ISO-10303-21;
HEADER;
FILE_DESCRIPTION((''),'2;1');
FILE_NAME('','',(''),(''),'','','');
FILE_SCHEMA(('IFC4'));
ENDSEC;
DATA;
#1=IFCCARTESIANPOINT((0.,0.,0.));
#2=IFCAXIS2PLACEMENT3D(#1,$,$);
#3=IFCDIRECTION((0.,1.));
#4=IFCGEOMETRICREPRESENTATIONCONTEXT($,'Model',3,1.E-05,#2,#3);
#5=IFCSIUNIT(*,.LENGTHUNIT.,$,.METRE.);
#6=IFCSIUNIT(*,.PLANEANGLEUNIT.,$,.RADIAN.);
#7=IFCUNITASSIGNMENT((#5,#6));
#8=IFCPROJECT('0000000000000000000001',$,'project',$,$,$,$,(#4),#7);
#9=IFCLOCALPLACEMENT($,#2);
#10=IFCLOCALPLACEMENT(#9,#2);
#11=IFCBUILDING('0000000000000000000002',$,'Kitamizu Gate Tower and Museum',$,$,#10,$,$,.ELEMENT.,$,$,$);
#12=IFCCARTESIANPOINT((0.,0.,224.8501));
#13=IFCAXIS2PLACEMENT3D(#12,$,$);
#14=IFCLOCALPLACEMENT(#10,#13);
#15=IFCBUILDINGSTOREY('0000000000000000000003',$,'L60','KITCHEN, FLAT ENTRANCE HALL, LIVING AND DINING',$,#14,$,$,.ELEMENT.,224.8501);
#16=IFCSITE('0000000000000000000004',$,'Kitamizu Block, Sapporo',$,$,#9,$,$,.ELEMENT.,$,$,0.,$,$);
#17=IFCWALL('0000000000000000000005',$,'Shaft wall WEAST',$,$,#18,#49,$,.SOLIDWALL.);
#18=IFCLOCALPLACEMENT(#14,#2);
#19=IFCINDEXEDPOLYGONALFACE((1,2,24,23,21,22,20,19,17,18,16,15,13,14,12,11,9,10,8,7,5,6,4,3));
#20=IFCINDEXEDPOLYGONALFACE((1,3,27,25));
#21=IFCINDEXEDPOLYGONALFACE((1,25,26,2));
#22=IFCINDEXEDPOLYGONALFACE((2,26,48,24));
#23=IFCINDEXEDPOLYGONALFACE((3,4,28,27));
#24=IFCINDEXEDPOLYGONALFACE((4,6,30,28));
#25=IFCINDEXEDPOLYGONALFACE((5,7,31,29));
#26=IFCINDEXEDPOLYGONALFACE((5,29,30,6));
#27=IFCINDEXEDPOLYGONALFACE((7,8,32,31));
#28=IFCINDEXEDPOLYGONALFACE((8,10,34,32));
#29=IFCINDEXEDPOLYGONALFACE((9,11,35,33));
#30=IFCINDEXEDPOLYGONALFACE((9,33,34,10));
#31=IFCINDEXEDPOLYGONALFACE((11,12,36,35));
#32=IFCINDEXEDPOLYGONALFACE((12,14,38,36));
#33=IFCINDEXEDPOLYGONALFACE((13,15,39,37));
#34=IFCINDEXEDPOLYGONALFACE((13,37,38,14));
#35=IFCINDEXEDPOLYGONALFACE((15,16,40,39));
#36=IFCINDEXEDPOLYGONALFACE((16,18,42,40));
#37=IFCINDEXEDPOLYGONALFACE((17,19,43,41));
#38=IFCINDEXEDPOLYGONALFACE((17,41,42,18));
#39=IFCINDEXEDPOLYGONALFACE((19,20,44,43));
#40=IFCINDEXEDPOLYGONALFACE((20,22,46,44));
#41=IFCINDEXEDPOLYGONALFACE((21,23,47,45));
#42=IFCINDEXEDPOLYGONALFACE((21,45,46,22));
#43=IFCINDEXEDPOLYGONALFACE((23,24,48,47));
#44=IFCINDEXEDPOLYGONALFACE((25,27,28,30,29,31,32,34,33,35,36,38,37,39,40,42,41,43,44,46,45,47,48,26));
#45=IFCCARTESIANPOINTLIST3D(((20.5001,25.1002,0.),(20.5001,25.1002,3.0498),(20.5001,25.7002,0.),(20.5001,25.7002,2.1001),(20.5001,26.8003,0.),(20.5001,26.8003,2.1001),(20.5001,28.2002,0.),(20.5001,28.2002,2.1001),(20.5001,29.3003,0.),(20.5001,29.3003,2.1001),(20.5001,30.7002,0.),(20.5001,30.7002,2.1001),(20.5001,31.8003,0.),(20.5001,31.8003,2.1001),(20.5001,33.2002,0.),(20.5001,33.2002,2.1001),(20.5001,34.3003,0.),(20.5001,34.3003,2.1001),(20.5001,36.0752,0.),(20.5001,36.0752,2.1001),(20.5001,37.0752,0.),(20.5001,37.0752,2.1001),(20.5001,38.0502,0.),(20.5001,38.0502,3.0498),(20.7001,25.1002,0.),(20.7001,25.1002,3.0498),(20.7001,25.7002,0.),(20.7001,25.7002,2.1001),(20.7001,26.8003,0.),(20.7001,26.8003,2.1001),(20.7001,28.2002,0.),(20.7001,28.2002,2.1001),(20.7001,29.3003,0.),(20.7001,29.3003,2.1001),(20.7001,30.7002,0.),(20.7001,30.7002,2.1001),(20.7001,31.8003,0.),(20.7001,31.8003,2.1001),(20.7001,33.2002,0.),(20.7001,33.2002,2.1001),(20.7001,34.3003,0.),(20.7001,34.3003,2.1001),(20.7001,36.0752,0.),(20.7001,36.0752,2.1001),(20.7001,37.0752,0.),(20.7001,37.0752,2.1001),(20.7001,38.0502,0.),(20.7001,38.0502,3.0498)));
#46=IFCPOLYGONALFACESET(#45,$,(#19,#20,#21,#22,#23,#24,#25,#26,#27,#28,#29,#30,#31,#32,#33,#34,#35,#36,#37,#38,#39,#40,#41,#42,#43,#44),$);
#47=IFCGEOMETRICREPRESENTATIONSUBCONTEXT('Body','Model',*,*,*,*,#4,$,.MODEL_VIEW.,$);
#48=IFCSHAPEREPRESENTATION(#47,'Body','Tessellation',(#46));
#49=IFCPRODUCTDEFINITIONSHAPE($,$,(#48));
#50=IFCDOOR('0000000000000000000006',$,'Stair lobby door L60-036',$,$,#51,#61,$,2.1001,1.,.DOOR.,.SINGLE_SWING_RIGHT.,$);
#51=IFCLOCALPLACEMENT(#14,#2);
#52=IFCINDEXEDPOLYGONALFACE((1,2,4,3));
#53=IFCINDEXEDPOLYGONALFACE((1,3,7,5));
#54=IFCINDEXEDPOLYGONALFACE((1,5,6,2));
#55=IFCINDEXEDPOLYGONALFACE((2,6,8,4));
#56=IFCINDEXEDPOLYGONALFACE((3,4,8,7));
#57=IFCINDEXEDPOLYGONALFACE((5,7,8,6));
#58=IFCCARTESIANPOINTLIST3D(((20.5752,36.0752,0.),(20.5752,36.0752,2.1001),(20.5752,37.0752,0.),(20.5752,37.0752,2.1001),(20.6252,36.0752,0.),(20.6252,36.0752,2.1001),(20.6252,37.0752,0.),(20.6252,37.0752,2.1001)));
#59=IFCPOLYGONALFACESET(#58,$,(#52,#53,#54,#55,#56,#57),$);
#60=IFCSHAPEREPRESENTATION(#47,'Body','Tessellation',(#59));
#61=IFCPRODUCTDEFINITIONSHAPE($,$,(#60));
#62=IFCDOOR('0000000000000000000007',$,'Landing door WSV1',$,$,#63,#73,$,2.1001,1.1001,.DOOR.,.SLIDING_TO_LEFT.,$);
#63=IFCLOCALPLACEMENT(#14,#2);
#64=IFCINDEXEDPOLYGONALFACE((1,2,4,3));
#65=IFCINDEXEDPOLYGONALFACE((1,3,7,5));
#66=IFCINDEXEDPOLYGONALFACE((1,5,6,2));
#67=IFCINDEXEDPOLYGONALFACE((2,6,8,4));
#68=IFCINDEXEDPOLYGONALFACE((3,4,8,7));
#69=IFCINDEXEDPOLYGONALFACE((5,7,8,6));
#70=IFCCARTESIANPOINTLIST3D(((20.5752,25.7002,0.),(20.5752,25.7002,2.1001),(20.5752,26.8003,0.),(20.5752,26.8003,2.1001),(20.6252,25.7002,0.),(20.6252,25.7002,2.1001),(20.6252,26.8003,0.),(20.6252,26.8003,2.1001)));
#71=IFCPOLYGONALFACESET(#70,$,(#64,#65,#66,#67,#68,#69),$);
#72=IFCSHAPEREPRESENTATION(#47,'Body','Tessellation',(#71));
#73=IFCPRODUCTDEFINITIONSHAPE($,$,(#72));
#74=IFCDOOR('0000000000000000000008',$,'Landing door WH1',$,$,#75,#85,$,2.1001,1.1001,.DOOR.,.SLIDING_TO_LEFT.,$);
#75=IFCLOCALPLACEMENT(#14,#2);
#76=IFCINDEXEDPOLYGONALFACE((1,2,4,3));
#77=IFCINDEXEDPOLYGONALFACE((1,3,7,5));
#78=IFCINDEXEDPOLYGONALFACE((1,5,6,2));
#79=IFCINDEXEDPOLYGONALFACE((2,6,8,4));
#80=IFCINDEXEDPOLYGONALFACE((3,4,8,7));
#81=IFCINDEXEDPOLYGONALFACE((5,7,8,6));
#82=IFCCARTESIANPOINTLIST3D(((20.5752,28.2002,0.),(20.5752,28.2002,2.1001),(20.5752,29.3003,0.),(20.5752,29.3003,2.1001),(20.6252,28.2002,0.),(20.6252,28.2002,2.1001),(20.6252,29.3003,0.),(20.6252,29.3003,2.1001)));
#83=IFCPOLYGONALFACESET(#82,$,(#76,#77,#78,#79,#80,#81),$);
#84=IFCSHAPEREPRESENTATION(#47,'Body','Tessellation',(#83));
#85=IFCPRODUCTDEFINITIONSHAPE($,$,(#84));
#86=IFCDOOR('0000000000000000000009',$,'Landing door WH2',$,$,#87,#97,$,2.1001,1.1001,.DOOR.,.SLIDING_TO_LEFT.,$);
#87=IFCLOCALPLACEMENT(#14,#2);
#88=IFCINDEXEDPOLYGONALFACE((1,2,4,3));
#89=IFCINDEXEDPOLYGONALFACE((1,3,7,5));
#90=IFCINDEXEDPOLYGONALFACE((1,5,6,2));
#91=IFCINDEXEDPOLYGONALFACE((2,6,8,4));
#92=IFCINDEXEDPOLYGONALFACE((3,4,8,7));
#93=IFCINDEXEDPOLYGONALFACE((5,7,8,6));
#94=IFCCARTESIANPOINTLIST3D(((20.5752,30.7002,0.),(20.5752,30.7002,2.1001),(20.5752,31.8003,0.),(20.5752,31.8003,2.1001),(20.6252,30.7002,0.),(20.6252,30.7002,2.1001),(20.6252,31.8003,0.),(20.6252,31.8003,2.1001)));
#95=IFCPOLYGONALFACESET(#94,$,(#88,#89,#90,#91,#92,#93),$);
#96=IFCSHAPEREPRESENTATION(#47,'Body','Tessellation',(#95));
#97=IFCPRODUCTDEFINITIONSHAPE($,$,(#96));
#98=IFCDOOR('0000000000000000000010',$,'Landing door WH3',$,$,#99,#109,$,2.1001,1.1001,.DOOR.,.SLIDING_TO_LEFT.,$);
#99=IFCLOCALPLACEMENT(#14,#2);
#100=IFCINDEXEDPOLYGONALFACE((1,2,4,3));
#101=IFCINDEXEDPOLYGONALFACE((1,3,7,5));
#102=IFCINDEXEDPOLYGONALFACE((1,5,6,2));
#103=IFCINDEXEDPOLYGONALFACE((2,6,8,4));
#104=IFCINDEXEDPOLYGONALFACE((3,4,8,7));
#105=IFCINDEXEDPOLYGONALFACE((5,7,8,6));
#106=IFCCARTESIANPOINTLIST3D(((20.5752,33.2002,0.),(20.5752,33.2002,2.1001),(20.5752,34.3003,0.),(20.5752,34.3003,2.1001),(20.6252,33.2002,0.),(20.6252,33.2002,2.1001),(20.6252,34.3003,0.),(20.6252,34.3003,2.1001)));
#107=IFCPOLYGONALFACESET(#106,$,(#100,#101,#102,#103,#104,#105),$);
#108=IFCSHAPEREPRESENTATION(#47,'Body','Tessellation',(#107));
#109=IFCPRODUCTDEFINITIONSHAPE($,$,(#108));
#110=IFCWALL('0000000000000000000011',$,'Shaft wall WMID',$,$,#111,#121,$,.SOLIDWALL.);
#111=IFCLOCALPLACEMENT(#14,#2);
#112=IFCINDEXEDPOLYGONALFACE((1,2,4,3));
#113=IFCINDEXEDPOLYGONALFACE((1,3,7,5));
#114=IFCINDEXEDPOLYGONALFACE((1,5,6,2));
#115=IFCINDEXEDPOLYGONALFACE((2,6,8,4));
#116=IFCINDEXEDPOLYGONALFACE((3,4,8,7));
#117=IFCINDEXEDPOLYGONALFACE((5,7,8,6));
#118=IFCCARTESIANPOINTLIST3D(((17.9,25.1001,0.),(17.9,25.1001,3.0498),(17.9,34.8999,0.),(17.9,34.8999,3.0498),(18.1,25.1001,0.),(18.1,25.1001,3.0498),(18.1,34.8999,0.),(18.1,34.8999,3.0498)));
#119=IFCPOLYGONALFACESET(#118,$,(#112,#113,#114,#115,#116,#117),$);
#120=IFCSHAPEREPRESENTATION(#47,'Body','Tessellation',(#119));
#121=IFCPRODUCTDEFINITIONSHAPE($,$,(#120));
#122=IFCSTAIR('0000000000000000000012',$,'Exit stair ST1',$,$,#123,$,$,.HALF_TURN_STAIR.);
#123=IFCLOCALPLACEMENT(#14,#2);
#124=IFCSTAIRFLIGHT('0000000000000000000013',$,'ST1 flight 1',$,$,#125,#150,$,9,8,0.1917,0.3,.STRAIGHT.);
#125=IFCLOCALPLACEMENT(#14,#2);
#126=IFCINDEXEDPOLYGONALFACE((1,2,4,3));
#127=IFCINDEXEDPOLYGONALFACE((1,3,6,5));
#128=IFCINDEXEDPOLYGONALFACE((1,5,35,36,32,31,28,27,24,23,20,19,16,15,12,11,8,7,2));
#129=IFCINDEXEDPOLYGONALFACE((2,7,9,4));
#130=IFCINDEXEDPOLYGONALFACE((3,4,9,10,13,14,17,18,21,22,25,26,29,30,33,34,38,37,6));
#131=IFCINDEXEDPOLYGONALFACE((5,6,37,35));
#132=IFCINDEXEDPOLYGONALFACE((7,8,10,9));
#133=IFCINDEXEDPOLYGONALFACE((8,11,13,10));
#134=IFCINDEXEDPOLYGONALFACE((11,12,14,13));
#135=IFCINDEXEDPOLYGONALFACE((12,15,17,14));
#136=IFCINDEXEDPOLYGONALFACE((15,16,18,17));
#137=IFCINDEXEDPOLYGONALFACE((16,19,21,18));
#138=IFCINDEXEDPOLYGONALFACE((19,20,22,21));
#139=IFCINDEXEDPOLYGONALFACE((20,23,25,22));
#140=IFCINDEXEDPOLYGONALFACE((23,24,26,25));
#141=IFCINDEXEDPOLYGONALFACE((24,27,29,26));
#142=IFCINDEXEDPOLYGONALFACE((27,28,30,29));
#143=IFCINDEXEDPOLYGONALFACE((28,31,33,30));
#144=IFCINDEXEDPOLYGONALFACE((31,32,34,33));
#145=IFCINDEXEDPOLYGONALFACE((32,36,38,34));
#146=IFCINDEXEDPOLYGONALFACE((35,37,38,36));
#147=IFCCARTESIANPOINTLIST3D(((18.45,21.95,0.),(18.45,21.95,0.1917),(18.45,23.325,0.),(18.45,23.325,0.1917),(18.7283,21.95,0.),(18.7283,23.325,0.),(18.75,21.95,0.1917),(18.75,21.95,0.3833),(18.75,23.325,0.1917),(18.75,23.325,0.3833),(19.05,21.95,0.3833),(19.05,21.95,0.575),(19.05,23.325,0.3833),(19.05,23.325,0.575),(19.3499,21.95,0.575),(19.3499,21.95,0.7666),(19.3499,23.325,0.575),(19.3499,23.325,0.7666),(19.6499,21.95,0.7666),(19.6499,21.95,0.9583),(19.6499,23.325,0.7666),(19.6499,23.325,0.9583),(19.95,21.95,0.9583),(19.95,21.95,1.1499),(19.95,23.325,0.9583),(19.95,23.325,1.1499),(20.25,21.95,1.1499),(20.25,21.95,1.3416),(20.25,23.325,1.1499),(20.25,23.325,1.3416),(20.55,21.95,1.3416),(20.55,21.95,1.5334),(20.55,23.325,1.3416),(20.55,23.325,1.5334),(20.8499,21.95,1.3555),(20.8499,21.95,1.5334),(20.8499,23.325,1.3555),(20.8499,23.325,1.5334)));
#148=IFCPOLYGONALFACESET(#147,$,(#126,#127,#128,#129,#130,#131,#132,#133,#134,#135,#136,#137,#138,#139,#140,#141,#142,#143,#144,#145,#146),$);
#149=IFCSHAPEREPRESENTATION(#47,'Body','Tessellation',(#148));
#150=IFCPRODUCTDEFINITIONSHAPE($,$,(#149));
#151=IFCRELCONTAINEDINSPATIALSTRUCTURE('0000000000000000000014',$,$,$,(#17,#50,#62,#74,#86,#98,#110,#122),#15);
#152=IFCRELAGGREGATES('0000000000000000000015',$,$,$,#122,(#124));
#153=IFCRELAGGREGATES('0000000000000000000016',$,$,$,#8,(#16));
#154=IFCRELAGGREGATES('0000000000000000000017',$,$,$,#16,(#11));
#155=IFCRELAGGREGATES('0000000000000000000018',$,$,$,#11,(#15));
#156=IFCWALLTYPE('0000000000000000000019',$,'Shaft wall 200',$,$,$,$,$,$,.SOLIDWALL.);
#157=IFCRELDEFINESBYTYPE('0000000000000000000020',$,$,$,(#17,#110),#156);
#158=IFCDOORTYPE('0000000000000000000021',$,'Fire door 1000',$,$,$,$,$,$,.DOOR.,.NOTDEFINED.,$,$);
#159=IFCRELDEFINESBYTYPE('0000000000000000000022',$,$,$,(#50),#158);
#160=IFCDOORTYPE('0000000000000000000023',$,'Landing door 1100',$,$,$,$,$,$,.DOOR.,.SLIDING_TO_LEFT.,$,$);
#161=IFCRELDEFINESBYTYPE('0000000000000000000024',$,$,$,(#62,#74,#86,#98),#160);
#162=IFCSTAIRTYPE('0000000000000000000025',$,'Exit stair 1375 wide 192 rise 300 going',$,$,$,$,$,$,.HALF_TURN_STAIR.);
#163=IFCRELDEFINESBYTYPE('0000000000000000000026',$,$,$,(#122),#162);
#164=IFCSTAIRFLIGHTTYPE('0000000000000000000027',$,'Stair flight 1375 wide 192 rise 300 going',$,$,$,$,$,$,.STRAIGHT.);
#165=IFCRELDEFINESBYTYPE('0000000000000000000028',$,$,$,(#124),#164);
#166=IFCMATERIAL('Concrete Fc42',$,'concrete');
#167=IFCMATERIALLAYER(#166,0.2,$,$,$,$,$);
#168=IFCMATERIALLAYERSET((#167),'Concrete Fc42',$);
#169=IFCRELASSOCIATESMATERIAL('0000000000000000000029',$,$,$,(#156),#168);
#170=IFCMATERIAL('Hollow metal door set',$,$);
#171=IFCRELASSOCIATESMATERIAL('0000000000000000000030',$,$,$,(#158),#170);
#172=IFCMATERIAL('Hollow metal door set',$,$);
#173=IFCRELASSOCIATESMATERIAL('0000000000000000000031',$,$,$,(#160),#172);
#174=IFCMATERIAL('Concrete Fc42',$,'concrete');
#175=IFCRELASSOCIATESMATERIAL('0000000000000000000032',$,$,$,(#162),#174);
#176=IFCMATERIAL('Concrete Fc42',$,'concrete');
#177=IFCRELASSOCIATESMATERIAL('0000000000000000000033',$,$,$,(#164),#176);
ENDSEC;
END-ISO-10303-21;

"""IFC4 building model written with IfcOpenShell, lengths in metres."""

from ifc_helpers import new_model, si_unit, direction, frame, frame_2d, origin, place, context, subcontext, project, spatial, polyline, rectangle, outline, extrude, material, layer, layer_set, type_object, element, fill, aggregate, save


model = new_model("IFC4")

# Units and contexts
model_context = context("Model", 3, precision=1e-05, world=origin(), true_north=direction((0.0, 1.0)))
body_context = subcontext(model_context, "Body", "Model", "MODEL_VIEW")
ifc_project = project(units=[si_unit("LENGTHUNIT", "METRE"), si_unit("PLANEANGLEUNIT", "RADIAN")], contexts=[model_context])

# Site, building, storey
site_placement = place(None, origin())
site = spatial("IfcSite", under=ifc_project, at=site_placement, Name="Kitamizu Block, Sapporo", CompositionType="ELEMENT", RefElevation=0.0)
building_placement = place(site_placement, origin())
building = spatial("IfcBuilding", under=site, at=building_placement, Name="Kitamizu Gate Tower and Museum", CompositionType="ELEMENT")
storey_placement = place(building_placement, frame((0.0, 0.0, 224.8501)))
storey = spatial("IfcBuildingStorey", under=building, at=storey_placement, Name="L60", Description="KITCHEN, FLAT ENTRANCE HALL, LIVING AND DINING", CompositionType="ELEMENT", Elevation=224.8501)

# Wall, openings, doors
ifc_material_1 = material(Name="Concrete Fc42", Category="concrete")
ifc_layer_1 = layer(ifc_material_1, 0.2)
ifc_layer_set_1 = layer_set([ifc_layer_1], Name="Concrete Fc42")
wall_type_1 = type_object("IfcWallType", Name="Shaft wall 200", PredefinedType="SOLIDWALL", material=ifc_layer_set_1)
wall_1_placement = place(storey_placement, frame((20.6001, 25.1001, 0.0), z_axis=(0.0, 0.0, 1.0), x_axis=(0.0, 1.0, 0.0)))
wall_1 = element("IfcWall", 1, at=wall_1_placement, inside=storey, type_object=wall_type_1, Name="Shaft wall WEAST", PredefinedType="SOLIDWALL", context=body_context, shape_type="SweptSolid", body=[
    extrude(rectangle(XDim=12.95, YDim=0.2, at=frame_2d((6.4751, 0.0))), origin(), (0.0, 0.0, 1.0), 3.0498),
])
opening_1_placement = place(wall_1_placement, frame((0.6001, 0.0, 0.0)))
opening_1 = element("IfcOpeningElement", 2, at=opening_1_placement, cuts=wall_1, PredefinedType="OPENING", context=body_context, shape_type="SweptSolid", body=[
    extrude(rectangle(XDim=1.1001, YDim=2.1001, at=frame_2d((0.55, 1.05))), frame((0.0, 0.1099, 0.0), z_axis=(0.0, -1.0, 0.0), x_axis=(1.0, 0.0, 0.0)), (0.0, 0.0, 1.0), 0.22),
])
opening_2_placement = place(wall_1_placement, frame((3.1001, 0.0, 0.0)))
opening_2 = element("IfcOpeningElement", 3, at=opening_2_placement, cuts=wall_1, PredefinedType="OPENING", context=body_context, shape_type="SweptSolid", body=[
    extrude(rectangle(XDim=1.1001, YDim=2.1001, at=frame_2d((0.55, 1.05))), frame((0.0, 0.1099, 0.0), z_axis=(0.0, -1.0, 0.0), x_axis=(1.0, 0.0, 0.0)), (0.0, 0.0, 1.0), 0.22),
])
opening_3_placement = place(wall_1_placement, frame((5.6001, 0.0, 0.0)))
opening_3 = element("IfcOpeningElement", 4, at=opening_3_placement, cuts=wall_1, PredefinedType="OPENING", context=body_context, shape_type="SweptSolid", body=[
    extrude(rectangle(XDim=1.1001, YDim=2.1001, at=frame_2d((0.55, 1.05))), frame((0.0, 0.1099, 0.0), z_axis=(0.0, -1.0, 0.0), x_axis=(1.0, 0.0, 0.0)), (0.0, 0.0, 1.0), 0.22),
])
opening_4_placement = place(wall_1_placement, frame((8.1001, 0.0, 0.0)))
opening_4 = element("IfcOpeningElement", 5, at=opening_4_placement, cuts=wall_1, PredefinedType="OPENING", context=body_context, shape_type="SweptSolid", body=[
    extrude(rectangle(XDim=1.1001, YDim=2.1001, at=frame_2d((0.55, 1.05))), frame((0.0, 0.1099, 0.0), z_axis=(0.0, -1.0, 0.0), x_axis=(1.0, 0.0, 0.0)), (0.0, 0.0, 1.0), 0.22),
])
opening_5_placement = place(wall_1_placement, frame((10.9751, 0.0, 0.0)))
opening_5 = element("IfcOpeningElement", 6, at=opening_5_placement, cuts=wall_1, PredefinedType="OPENING", context=body_context, shape_type="SweptSolid", body=[
    extrude(rectangle(XDim=1.0, YDim=2.1001, at=frame_2d((0.5, 1.05))), frame((0.0, 0.1099, 0.0), z_axis=(0.0, -1.0, 0.0), x_axis=(1.0, 0.0, 0.0)), (0.0, 0.0, 1.0), 0.22),
])
ifc_material_2 = material(Name="Hollow metal door set")
door_type_1 = type_object("IfcDoorType", Name="Fire door 1000", OperationType="NOTDEFINED", PredefinedType="DOOR", material=ifc_material_2)
door_1_placement = place(opening_5_placement, origin())
door_1 = element("IfcDoor", 7, at=door_1_placement, inside=storey, type_object=door_type_1, Name="Stair lobby door L60-036", OperationType="SINGLE_SWING_RIGHT", OverallHeight=2.1001, OverallWidth=1.0, PredefinedType="DOOR", context=body_context, shape_type="SweptSolid", body=[
    extrude(rectangle(XDim=1.0, YDim=2.1001, at=frame_2d((0.5, 1.05))), frame((0.0, 0.0249, 0.0), z_axis=(0.0, -1.0, 0.0), x_axis=(1.0, 0.0, 0.0)), (0.0, 0.0, 1.0), 0.05),
])
fill(opening_5, door_1)
ifc_material_3 = material(Name="Hollow metal door set")
door_type_2 = type_object("IfcDoorType", Name="Landing door 1100", OperationType="SLIDING_TO_LEFT", PredefinedType="DOOR", material=ifc_material_3)
door_2_placement = place(opening_1_placement, origin())
door_2 = element("IfcDoor", 8, at=door_2_placement, inside=storey, type_object=door_type_2, Name="Landing door WSV1", OperationType="SLIDING_TO_LEFT", OverallHeight=2.1001, OverallWidth=1.1001, PredefinedType="DOOR", context=body_context, shape_type="SweptSolid", body=[
    extrude(rectangle(XDim=1.1001, YDim=2.1001, at=frame_2d((0.55, 1.05))), frame((0.0, 0.0249, 0.0), z_axis=(0.0, -1.0, 0.0), x_axis=(1.0, 0.0, 0.0)), (0.0, 0.0, 1.0), 0.05),
])
fill(opening_1, door_2)
door_3_placement = place(opening_2_placement, origin())
door_3 = element("IfcDoor", 9, at=door_3_placement, inside=storey, type_object=door_type_2, Name="Landing door WH1", OperationType="SLIDING_TO_LEFT", OverallHeight=2.1001, OverallWidth=1.1001, PredefinedType="DOOR", context=body_context, shape_type="SweptSolid", body=[
    extrude(rectangle(XDim=1.1001, YDim=2.1001, at=frame_2d((0.55, 1.05))), frame((0.0, 0.0249, 0.0), z_axis=(0.0, -1.0, 0.0), x_axis=(1.0, 0.0, 0.0)), (0.0, 0.0, 1.0), 0.05),
])
fill(opening_2, door_3)
door_4_placement = place(opening_3_placement, origin())
door_4 = element("IfcDoor", 10, at=door_4_placement, inside=storey, type_object=door_type_2, Name="Landing door WH2", OperationType="SLIDING_TO_LEFT", OverallHeight=2.1001, OverallWidth=1.1001, PredefinedType="DOOR", context=body_context, shape_type="SweptSolid", body=[
    extrude(rectangle(XDim=1.1001, YDim=2.1001, at=frame_2d((0.55, 1.05))), frame((0.0, 0.0249, 0.0), z_axis=(0.0, -1.0, 0.0), x_axis=(1.0, 0.0, 0.0)), (0.0, 0.0, 1.0), 0.05),
])
fill(opening_3, door_4)
door_5_placement = place(opening_4_placement, origin())
door_5 = element("IfcDoor", 11, at=door_5_placement, inside=storey, type_object=door_type_2, Name="Landing door WH3", OperationType="SLIDING_TO_LEFT", OverallHeight=2.1001, OverallWidth=1.1001, PredefinedType="DOOR", context=body_context, shape_type="SweptSolid", body=[
    extrude(rectangle(XDim=1.1001, YDim=2.1001, at=frame_2d((0.55, 1.05))), frame((0.0, 0.0249, 0.0), z_axis=(0.0, -1.0, 0.0), x_axis=(1.0, 0.0, 0.0)), (0.0, 0.0, 1.0), 0.05),
])
fill(opening_4, door_5)

# Wall
wall_2_placement = place(storey_placement, frame((18.0, 25.1001, 0.0), z_axis=(0.0, 0.0, 1.0), x_axis=(0.0, 1.0, 0.0)))
element("IfcWall", 12, at=wall_2_placement, inside=storey, type_object=wall_type_1, Name="Shaft wall WMID", PredefinedType="SOLIDWALL", context=body_context, shape_type="SweptSolid", body=[
    extrude(rectangle(XDim=9.7998, YDim=0.2, at=frame_2d((4.8999, 0.0))), origin(), (0.0, 0.0, 1.0), 3.0498),
])

# Stair, stair flight
ifc_material_4 = material(Name="Concrete Fc42", Category="concrete")
stair_type = type_object("IfcStairType", Name="Exit stair 1375 wide 192 rise 300 going", PredefinedType="HALF_TURN_STAIR", material=ifc_material_4)
stair_placement = place(storey_placement, origin())
stair = element("IfcStair", 13, at=stair_placement, inside=storey, type_object=stair_type, Name="Exit stair ST1", PredefinedType="HALF_TURN_STAIR")
ifc_material_5 = material(Name="Concrete Fc42", Category="concrete")
stair_flight_type = type_object("IfcStairFlightType", Name="Stair flight 1375 wide 192 rise 300 going", PredefinedType="STRAIGHT", material=ifc_material_5)
stair_flight_1_placement = place(storey_placement, frame((18.45, 22.6375, 0.0), z_axis=(0.0, 0.0, 1.0), x_axis=(1.0, 0.0, 0.0)))
stair_flight_1 = element("IfcStairFlight", 14, at=stair_flight_1_placement, type_object=stair_flight_type, Name="ST1 flight 1", NumberOfRisers=9, NumberOfTreads=8, PredefinedType="STRAIGHT", RiserHeight=0.1917, TreadLength=0.3, context=body_context, shape_type="SweptSolid", body=[
    extrude(outline(polyline([(0.0, 0.0), (0.0, 0.1917), (0.3, 0.1917), (0.3, 0.3833), (0.6001, 0.3833), (0.6001, 0.575), (0.8999, 0.575), (0.8999, 0.7666), (1.2, 0.7666), (1.2, 0.9583), (1.5, 0.9583), (1.5, 1.1499), (1.8, 1.1499), (1.8, 1.3416), (2.1001, 1.3416), (2.1001, 1.5334), (2.3999, 1.5334), (2.3999, 1.7251), (2.3999, 1.3555), (0.2783, 0.0), (0.0, 0.0)])), frame((0.0, 0.6875, 0.0), z_axis=(0.0, -1.0, 0.0), x_axis=(1.0, 0.0, 0.0)), (0.0, 0.0, 1.0), 1.375),
])
aggregate(stair, [stair_flight_1])

save(model, "model.ifc")
